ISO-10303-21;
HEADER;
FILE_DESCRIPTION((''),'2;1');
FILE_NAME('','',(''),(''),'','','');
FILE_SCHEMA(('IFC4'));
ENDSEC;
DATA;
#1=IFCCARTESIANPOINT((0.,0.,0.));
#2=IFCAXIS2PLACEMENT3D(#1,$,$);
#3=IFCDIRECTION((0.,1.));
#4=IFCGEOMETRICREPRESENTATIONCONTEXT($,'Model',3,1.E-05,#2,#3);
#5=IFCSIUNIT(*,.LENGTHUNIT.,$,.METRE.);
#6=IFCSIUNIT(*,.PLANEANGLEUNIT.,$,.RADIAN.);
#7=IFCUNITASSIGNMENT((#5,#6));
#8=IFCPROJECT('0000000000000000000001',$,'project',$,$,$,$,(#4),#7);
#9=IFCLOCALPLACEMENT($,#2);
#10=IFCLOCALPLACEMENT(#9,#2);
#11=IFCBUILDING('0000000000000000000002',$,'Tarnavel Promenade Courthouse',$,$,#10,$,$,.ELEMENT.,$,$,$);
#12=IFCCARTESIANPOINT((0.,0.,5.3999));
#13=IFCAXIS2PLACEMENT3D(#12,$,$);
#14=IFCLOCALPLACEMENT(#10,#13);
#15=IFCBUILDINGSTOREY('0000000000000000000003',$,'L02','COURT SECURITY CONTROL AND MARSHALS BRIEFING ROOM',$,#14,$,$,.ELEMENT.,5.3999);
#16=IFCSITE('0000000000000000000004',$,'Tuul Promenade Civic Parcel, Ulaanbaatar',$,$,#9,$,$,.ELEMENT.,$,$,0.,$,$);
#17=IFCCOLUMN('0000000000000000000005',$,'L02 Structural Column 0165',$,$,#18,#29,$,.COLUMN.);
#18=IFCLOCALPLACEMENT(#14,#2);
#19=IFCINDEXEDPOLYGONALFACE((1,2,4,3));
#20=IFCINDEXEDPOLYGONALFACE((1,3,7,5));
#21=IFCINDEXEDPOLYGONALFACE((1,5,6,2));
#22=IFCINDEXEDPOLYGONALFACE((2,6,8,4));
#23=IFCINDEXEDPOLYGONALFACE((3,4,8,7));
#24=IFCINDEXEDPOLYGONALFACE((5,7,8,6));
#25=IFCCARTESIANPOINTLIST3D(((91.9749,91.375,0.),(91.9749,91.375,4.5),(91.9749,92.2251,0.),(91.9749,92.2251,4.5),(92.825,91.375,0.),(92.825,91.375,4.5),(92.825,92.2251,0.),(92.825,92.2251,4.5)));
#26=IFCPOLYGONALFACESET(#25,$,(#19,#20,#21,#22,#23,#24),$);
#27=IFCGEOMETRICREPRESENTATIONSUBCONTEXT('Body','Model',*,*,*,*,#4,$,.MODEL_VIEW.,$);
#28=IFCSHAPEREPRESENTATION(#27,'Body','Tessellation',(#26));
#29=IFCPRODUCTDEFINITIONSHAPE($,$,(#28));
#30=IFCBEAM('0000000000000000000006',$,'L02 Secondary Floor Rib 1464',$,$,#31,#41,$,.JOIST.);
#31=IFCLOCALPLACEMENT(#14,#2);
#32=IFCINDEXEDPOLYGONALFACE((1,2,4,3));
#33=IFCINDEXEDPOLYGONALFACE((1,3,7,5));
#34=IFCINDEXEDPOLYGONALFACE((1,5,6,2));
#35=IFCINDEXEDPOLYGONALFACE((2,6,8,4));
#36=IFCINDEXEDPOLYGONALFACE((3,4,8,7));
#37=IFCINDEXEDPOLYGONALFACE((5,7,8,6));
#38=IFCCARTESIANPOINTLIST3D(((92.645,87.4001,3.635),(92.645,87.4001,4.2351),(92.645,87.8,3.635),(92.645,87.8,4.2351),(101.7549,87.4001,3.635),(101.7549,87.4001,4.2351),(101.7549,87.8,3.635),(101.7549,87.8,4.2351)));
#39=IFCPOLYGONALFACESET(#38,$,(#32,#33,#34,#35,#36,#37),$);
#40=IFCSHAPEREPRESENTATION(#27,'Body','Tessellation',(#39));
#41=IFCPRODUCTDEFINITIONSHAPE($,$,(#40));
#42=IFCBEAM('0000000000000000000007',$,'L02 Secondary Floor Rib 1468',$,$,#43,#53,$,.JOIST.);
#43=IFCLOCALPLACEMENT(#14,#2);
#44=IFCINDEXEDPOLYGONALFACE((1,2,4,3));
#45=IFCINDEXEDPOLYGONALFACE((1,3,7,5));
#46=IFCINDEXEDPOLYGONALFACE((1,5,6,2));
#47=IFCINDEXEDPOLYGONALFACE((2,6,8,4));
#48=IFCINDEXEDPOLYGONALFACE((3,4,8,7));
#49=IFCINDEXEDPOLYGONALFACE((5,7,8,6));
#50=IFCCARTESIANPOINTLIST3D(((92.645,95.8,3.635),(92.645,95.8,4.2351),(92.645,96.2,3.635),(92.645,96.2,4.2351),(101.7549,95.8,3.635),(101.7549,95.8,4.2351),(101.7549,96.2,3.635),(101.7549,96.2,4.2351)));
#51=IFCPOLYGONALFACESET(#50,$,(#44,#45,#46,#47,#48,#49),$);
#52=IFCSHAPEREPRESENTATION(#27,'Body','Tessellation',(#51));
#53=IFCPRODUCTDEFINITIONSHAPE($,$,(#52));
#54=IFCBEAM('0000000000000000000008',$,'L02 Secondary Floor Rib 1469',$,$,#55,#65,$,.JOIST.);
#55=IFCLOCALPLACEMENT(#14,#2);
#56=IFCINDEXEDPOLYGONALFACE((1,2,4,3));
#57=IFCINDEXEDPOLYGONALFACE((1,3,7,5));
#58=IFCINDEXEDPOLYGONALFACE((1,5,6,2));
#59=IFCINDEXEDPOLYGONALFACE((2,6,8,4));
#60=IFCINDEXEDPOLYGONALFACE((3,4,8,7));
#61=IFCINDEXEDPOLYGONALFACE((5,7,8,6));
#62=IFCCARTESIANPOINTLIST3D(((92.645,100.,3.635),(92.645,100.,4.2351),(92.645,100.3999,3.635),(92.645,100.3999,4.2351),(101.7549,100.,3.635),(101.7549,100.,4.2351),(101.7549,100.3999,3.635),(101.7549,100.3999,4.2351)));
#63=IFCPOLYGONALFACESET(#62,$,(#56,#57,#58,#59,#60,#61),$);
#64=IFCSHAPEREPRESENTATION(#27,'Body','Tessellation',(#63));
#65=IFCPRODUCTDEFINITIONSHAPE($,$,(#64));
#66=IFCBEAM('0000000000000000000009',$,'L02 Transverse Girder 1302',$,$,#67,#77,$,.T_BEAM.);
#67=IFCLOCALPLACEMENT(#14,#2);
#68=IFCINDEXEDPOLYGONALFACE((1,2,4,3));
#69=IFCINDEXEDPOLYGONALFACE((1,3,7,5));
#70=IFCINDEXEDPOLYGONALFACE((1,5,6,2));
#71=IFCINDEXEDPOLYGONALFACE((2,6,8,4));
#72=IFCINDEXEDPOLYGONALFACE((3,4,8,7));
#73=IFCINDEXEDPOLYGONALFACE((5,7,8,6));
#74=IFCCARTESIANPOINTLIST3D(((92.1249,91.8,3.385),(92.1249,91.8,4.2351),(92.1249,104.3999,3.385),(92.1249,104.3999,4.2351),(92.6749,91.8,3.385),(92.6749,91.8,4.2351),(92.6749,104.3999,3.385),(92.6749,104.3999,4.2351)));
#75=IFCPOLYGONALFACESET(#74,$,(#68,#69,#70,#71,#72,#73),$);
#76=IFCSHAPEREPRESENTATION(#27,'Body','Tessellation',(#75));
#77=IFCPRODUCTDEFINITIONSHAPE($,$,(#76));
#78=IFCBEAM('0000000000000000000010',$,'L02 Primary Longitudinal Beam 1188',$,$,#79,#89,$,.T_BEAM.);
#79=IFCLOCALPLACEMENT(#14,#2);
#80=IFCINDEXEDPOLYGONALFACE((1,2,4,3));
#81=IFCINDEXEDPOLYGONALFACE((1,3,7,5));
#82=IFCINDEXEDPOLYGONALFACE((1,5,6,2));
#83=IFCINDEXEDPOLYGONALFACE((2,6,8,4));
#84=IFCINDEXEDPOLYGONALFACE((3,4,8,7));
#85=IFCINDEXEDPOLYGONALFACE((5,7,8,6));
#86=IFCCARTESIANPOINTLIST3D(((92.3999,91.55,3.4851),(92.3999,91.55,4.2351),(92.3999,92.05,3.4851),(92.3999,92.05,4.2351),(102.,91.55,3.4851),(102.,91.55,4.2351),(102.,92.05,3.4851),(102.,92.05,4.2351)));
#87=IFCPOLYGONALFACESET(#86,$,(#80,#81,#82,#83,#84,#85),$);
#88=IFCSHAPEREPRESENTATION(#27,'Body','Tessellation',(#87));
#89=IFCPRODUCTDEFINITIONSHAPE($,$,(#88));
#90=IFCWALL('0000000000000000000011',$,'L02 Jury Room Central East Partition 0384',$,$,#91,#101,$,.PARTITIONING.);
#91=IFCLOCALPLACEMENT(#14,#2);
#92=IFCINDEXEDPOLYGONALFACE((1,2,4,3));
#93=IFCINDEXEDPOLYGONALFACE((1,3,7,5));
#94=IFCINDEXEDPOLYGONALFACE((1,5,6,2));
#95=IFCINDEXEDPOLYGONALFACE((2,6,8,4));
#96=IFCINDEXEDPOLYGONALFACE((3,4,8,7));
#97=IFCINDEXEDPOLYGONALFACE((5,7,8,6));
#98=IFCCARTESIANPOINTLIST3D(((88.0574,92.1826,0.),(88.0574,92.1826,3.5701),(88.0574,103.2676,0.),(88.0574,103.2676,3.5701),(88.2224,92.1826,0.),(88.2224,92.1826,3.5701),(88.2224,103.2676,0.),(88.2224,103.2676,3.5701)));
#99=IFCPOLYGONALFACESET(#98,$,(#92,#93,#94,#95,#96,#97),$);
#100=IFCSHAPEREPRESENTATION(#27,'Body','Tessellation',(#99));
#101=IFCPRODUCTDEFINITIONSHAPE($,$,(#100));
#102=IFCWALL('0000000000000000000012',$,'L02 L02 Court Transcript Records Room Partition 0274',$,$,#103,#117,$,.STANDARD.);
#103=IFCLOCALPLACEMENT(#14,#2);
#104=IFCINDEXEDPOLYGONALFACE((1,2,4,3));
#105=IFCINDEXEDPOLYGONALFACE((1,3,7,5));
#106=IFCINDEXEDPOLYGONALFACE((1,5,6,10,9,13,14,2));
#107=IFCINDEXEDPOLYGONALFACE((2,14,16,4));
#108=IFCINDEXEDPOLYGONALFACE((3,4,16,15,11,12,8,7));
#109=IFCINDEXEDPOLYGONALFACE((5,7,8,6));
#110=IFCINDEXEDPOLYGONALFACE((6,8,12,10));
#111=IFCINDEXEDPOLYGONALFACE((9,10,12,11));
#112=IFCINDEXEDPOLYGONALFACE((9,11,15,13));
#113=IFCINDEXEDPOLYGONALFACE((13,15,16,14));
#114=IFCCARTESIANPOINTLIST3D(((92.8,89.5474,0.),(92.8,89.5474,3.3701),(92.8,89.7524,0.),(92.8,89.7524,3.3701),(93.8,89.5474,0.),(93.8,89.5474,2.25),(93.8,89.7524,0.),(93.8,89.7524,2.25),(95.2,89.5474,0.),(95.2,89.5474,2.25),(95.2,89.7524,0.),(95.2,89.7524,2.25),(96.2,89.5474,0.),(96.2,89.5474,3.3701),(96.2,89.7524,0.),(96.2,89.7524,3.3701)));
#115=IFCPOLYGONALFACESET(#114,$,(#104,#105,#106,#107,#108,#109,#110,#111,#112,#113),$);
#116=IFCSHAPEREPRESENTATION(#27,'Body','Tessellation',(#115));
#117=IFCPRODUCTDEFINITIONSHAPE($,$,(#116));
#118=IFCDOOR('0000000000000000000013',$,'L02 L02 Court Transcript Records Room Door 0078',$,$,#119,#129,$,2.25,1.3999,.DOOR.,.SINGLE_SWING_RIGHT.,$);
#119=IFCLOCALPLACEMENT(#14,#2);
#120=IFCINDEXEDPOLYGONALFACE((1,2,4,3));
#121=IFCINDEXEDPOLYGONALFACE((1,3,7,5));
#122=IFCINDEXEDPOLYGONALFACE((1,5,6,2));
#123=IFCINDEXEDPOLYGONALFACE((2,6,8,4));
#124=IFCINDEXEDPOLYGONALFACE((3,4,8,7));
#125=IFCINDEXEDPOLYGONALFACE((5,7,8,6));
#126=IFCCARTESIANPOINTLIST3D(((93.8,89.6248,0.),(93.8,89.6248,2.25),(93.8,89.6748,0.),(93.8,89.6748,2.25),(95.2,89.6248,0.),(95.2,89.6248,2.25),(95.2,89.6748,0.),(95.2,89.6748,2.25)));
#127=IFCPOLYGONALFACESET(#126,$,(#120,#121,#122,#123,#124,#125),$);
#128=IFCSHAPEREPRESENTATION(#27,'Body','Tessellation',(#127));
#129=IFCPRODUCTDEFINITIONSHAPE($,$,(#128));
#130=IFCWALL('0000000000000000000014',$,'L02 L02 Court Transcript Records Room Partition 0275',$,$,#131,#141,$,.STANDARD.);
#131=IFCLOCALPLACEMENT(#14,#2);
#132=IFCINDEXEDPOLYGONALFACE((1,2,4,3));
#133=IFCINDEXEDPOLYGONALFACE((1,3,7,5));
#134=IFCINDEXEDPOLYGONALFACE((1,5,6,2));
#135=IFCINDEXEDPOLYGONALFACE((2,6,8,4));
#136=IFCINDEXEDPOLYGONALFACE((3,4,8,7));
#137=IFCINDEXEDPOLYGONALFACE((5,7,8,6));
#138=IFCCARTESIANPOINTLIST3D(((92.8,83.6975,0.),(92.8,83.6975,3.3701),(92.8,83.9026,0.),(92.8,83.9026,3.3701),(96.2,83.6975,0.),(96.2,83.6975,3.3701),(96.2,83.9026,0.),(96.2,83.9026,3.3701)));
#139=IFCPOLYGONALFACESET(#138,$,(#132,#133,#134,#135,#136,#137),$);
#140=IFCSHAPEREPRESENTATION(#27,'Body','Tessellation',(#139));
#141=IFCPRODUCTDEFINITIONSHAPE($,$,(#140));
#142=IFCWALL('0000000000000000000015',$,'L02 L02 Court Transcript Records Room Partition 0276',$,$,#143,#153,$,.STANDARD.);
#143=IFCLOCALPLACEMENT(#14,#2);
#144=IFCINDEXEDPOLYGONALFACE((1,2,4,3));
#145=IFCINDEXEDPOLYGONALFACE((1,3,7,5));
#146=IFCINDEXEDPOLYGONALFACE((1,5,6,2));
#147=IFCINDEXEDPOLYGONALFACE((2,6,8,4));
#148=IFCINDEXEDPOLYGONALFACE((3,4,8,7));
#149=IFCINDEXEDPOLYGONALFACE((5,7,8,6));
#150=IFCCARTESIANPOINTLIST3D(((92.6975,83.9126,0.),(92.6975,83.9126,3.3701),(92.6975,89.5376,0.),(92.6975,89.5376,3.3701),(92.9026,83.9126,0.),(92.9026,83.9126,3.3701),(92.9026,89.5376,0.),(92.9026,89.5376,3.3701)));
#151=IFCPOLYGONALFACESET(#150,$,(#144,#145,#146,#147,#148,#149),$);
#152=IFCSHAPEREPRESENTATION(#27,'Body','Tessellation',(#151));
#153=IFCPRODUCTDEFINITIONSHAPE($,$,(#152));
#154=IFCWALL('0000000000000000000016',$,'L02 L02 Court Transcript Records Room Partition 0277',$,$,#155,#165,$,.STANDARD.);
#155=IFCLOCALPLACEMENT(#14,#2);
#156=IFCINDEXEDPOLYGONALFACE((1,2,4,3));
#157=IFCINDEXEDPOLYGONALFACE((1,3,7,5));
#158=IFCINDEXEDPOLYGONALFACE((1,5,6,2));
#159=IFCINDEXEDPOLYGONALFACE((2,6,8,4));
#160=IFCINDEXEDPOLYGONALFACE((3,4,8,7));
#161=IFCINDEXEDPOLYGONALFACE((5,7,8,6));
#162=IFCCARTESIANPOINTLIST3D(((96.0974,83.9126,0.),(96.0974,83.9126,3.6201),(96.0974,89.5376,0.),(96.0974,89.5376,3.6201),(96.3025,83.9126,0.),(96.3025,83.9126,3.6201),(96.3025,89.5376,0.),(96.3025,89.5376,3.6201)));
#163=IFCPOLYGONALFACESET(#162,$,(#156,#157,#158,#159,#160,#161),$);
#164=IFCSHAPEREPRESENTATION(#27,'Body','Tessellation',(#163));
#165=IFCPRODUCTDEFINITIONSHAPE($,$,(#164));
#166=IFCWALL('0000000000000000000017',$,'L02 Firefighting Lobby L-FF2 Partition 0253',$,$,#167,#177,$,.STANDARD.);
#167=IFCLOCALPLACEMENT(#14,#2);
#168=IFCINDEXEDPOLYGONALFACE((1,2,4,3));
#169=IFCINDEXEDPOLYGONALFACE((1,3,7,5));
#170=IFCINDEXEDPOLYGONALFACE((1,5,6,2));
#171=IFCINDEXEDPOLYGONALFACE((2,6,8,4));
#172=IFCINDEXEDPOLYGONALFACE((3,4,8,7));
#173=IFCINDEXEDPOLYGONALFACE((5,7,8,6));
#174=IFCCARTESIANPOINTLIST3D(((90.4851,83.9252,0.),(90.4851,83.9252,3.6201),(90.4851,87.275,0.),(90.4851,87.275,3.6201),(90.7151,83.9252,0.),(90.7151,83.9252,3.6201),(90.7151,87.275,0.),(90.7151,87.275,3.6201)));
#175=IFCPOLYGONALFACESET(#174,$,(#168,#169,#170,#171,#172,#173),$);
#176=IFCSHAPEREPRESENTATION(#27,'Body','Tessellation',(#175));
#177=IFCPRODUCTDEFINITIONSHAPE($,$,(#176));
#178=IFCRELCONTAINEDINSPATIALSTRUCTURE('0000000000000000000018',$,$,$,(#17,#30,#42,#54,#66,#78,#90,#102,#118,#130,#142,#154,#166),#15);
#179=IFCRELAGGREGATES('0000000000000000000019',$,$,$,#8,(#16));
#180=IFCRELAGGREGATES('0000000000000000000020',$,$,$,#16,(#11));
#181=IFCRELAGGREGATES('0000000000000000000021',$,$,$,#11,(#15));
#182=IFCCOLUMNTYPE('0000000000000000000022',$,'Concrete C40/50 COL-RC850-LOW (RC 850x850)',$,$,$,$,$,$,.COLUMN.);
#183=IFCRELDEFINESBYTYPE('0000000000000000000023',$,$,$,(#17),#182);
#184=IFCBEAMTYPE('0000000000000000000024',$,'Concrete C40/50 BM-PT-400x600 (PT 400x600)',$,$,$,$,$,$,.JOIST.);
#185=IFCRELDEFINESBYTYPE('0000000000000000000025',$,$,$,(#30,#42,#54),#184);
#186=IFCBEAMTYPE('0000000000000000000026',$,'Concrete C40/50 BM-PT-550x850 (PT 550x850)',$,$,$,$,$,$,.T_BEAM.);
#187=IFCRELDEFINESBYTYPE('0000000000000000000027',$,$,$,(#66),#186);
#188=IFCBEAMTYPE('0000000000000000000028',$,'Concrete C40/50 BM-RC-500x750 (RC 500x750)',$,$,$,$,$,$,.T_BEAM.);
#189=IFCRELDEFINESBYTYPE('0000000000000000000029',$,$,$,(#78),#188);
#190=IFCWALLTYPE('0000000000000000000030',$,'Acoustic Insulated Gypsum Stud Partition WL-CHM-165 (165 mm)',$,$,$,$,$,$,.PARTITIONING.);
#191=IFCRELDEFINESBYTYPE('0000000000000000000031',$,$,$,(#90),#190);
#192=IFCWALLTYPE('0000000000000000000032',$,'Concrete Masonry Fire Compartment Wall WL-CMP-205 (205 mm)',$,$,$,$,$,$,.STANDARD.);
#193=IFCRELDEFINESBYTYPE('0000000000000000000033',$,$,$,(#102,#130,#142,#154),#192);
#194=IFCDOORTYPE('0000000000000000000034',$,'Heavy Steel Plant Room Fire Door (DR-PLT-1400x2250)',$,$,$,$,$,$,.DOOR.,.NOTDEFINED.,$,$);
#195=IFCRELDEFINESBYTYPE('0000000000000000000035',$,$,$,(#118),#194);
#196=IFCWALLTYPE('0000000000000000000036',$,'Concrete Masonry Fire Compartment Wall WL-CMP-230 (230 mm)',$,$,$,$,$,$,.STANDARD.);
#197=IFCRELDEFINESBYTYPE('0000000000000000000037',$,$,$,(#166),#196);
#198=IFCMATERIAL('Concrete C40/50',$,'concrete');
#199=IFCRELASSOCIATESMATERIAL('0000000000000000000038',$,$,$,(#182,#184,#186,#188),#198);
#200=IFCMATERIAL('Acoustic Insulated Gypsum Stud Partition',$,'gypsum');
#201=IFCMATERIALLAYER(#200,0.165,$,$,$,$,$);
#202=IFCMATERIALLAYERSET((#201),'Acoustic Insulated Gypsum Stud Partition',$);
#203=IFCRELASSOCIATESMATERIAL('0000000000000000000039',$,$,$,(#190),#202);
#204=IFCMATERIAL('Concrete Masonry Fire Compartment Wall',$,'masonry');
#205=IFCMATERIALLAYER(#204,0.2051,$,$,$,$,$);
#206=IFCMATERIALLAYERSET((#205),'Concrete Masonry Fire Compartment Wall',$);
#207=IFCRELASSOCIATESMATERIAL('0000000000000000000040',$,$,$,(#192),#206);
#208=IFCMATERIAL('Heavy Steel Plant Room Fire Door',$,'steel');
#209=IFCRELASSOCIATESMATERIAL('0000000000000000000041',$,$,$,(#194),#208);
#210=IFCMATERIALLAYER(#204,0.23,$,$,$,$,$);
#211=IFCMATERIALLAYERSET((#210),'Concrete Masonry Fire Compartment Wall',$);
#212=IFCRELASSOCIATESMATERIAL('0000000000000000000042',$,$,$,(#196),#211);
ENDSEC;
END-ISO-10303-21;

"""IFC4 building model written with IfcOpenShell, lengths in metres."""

from ifc_helpers import new_model, si_unit, direction, frame, frame_2d, origin, origin_2d, place, context, subcontext, project, spatial, rectangle, extrude, material, layer, layer_set, material_profile, profile_set, type_object, element, fill, save


model = new_model("IFC4")

# Units and contexts
model_context = context("Model", 3, precision=1e-05, world=origin(), true_north=direction((0.0, 1.0)))
body_context = subcontext(model_context, "Body", "Model", "MODEL_VIEW")
ifc_project = project(units=[si_unit("LENGTHUNIT", "METRE"), si_unit("PLANEANGLEUNIT", "RADIAN")], contexts=[model_context])

# Site, building, storey
site_placement = place(None, origin())
site = spatial("IfcSite", under=ifc_project, at=site_placement, Name="Tuul Promenade Civic Parcel, Ulaanbaatar", CompositionType="ELEMENT", RefElevation=0.0)
building_placement = place(site_placement, origin())
building = spatial("IfcBuilding", under=site, at=building_placement, Name="Tarnavel Promenade Courthouse", CompositionType="ELEMENT")
storey_placement = place(building_placement, frame((0.0, 0.0, 5.3999)))
storey = spatial("IfcBuildingStorey", under=building, at=storey_placement, Name="L02", Description="COURT SECURITY CONTROL AND MARSHALS BRIEFING ROOM", CompositionType="ELEMENT", Elevation=5.3999)

# Column
ifc_material_1 = material(Name="Concrete C40/50", Category="concrete")
ifc_material_profile_1 = material_profile(ifc_material_1, rectangle(XDim=0.8501, YDim=0.8501, at=origin_2d()), Name="RC 850x850")
ifc_profile_set_1 = profile_set([ifc_material_profile_1], Name="Concrete C40/50")
column_type = type_object("IfcColumnType", Name="Concrete C40/50 COL-RC850-LOW (RC 850x850)", PredefinedType="COLUMN", material=ifc_profile_set_1)
column_placement = place(storey_placement, frame((92.3999, 91.8, 0.0), z_axis=(0.0, 0.0, 1.0), x_axis=(1.0, 0.0, 0.0)))
element("IfcColumn", 1, at=column_placement, inside=storey, type_object=column_type, Name="L02 Structural Column 0165", PredefinedType="COLUMN", context=body_context, shape_type="SweptSolid", body=[
    extrude(rectangle(XDim=0.8501, YDim=0.8501, at=origin_2d()), origin(), (0.0, 0.0, 1.0), 4.5),
])

# Beams
ifc_material_profile_2 = material_profile(ifc_material_1, rectangle(XDim=0.3999, YDim=0.6001, at=origin_2d()), Name="PT 400x600")
ifc_profile_set_2 = profile_set([ifc_material_profile_2], Name="Concrete C40/50")
beam_type_1 = type_object("IfcBeamType", Name="Concrete C40/50 BM-PT-400x600 (PT 400x600)", PredefinedType="JOIST", material=ifc_profile_set_2)
for number, where, z_axis, x_axis, name in (
    (2, (92.645, 87.6001, 3.9351), (1.0, 0.0, 0.0), (0.0, 1.0, 0.0), "L02 Secondary Floor Rib 1464"),
    (3, (92.645, 96.0, 3.9351), (1.0, 0.0, 0.0), (0.0, 1.0, 0.0), "L02 Secondary Floor Rib 1468"),
    (4, (92.645, 100.2, 3.9351), (1.0, 0.0, 0.0), (0.0, 1.0, 0.0), "L02 Secondary Floor Rib 1469"),
):
    element("IfcBeam", number, at=place(storey_placement, frame(where, z_axis=z_axis, x_axis=x_axis)), inside=storey, type_object=beam_type_1, Name=name, PredefinedType="JOIST", context=body_context, shape_type="SweptSolid", body=[
        extrude(rectangle(XDim=0.3999, YDim=0.6001, at=origin_2d()), origin(), (0.0, 0.0, 1.0), 9.1099),
    ])
ifc_material_profile_3 = material_profile(ifc_material_1, rectangle(XDim=0.55, YDim=0.8501, at=origin_2d()), Name="PT 550x850")
ifc_profile_set_3 = profile_set([ifc_material_profile_3], Name="Concrete C40/50")
beam_type_2 = type_object("IfcBeamType", Name="Concrete C40/50 BM-PT-550x850 (PT 550x850)", PredefinedType="T_BEAM", material=ifc_profile_set_3)
beam_1_placement = place(storey_placement, frame((92.3999, 91.8, 3.8101), z_axis=(0.0, 1.0, 0.0), x_axis=(-1.0, 0.0, 0.0)))
element("IfcBeam", 5, at=beam_1_placement, inside=storey, type_object=beam_type_2, Name="L02 Transverse Girder 1302", PredefinedType="T_BEAM", context=body_context, shape_type="SweptSolid", body=[
    extrude(rectangle(XDim=0.55, YDim=0.8501, at=origin_2d()), origin(), (0.0, 0.0, 1.0), 12.5999),
])
ifc_material_profile_4 = material_profile(ifc_material_1, rectangle(XDim=0.5, YDim=0.75, at=origin_2d()), Name="RC 500x750")
ifc_profile_set_4 = profile_set([ifc_material_profile_4], Name="Concrete C40/50")
beam_type_3 = type_object("IfcBeamType", Name="Concrete C40/50 BM-RC-500x750 (RC 500x750)", PredefinedType="T_BEAM", material=ifc_profile_set_4)
beam_2_placement = place(storey_placement, frame((92.3999, 91.8, 3.8601), z_axis=(1.0, 0.0, 0.0), x_axis=(0.0, 1.0, 0.0)))
element("IfcBeam", 6, at=beam_2_placement, inside=storey, type_object=beam_type_3, Name="L02 Primary Longitudinal Beam 1188", PredefinedType="T_BEAM", context=body_context, shape_type="SweptSolid", body=[
    extrude(rectangle(XDim=0.5, YDim=0.75, at=origin_2d()), origin(), (0.0, 0.0, 1.0), 9.6001),
])

# Wall
ifc_material_2 = material(Name="Acoustic Insulated Gypsum Stud Partition", Category="gypsum")
ifc_layer_1 = layer(ifc_material_2, 0.165)
ifc_layer_set_1 = layer_set([ifc_layer_1], Name="Acoustic Insulated Gypsum Stud Partition")
wall_type_1 = type_object("IfcWallType", Name="Acoustic Insulated Gypsum Stud Partition WL-CHM-165 (165 mm)", PredefinedType="PARTITIONING", material=ifc_layer_set_1)
wall_1_placement = place(storey_placement, frame((88.1399, 92.1826, 0.0), z_axis=(0.0, 0.0, 1.0), x_axis=(0.0, 1.0, 0.0)))
element("IfcWall", 7, at=wall_1_placement, inside=storey, type_object=wall_type_1, Name="L02 Jury Room Central East Partition 0384", PredefinedType="PARTITIONING", context=body_context, shape_type="SweptSolid", body=[
    extrude(rectangle(XDim=11.085, YDim=0.165, at=frame_2d((5.5425, 0.0))), origin(), (0.0, 0.0, 1.0), 3.5701),
])

# Wall, opening, door
ifc_material_3 = material(Name="Concrete Masonry Fire Compartment Wall", Category="masonry")
ifc_layer_2 = layer(ifc_material_3, 0.2051)
ifc_layer_set_2 = layer_set([ifc_layer_2], Name="Concrete Masonry Fire Compartment Wall")
wall_type_2 = type_object("IfcWallType", Name="Concrete Masonry Fire Compartment Wall WL-CMP-205 (205 mm)", PredefinedType="STANDARD", material=ifc_layer_set_2)
wall_2_placement = place(storey_placement, frame((92.8, 89.6499, 0.0), z_axis=(0.0, 0.0, 1.0), x_axis=(1.0, 0.0, 0.0)))
wall_2 = element("IfcWall", 8, at=wall_2_placement, inside=storey, type_object=wall_type_2, Name="L02 L02 Court Transcript Records Room Partition 0274", PredefinedType="STANDARD", context=body_context, shape_type="SweptSolid", body=[
    extrude(rectangle(XDim=3.3999, YDim=0.2051, at=frame_2d((1.7, 0.0))), origin(), (0.0, 0.0, 1.0), 3.3701),
])
opening_1_placement = place(wall_2_placement, frame((1.0, 0.0, 0.0)))
opening_1 = element("IfcOpeningElement", 9, at=opening_1_placement, cuts=wall_2, PredefinedType="OPENING", context=body_context, shape_type="SweptSolid", body=[
    extrude(rectangle(XDim=1.3999, YDim=2.25, at=frame_2d((0.7, 1.125))), frame((0.0, 0.1125, 0.0), z_axis=(0.0, -1.0, 0.0), x_axis=(1.0, 0.0, 0.0)), (0.0, 0.0, 1.0), 0.2251),
])
ifc_material_4 = material(Name="Heavy Steel Plant Room Fire Door", Category="steel")
door_type_1 = type_object("IfcDoorType", Name="Heavy Steel Plant Room Fire Door (DR-PLT-1400x2250)", OperationType="NOTDEFINED", PredefinedType="DOOR", material=ifc_material_4)
door_1_placement = place(opening_1_placement, origin())
door_1 = element("IfcDoor", 10, at=door_1_placement, inside=storey, type_object=door_type_1, Name="L02 L02 Court Transcript Records Room Door 0078", OperationType="SINGLE_SWING_RIGHT", OverallHeight=2.25, OverallWidth=1.3999, PredefinedType="DOOR", context=body_context, shape_type="SweptSolid", body=[
    extrude(rectangle(XDim=1.3999, YDim=2.25, at=frame_2d((0.7, 1.125))), frame((0.0, 0.0249, 0.0), z_axis=(0.0, -1.0, 0.0), x_axis=(1.0, 0.0, 0.0)), (0.0, 0.0, 1.0), 0.05),
])
fill(opening_1, door_1)

# Walls
wall_3_placement = place(storey_placement, frame((96.2, 83.8, 0.0), z_axis=(0.0, 0.0, 1.0), x_axis=(-1.0, 0.0, 0.0)))
element("IfcWall", 11, at=wall_3_placement, inside=storey, type_object=wall_type_2, Name="L02 L02 Court Transcript Records Room Partition 0275", PredefinedType="STANDARD", context=body_context, shape_type="SweptSolid", body=[
    extrude(rectangle(XDim=3.3999, YDim=0.2051, at=frame_2d((1.7, 0.0))), origin(), (0.0, 0.0, 1.0), 3.3701),
])
wall_4_placement = place(storey_placement, frame((92.8, 83.9126, 0.0), z_axis=(0.0, 0.0, 1.0), x_axis=(0.0, 1.0, 0.0)))
element("IfcWall", 12, at=wall_4_placement, inside=storey, type_object=wall_type_2, Name="L02 L02 Court Transcript Records Room Partition 0276", PredefinedType="STANDARD", context=body_context, shape_type="SweptSolid", body=[
    extrude(rectangle(XDim=5.625, YDim=0.2051, at=frame_2d((2.8125, 0.0))), origin(), (0.0, 0.0, 1.0), 3.3701),
])
wall_5_placement = place(storey_placement, frame((96.2, 89.5376, 0.0), z_axis=(0.0, 0.0, 1.0), x_axis=(0.0, -1.0, 0.0)))
element("IfcWall", 13, at=wall_5_placement, inside=storey, type_object=wall_type_2, Name="L02 L02 Court Transcript Records Room Partition 0277", PredefinedType="STANDARD", context=body_context, shape_type="SweptSolid", body=[
    extrude(rectangle(XDim=5.625, YDim=0.2051, at=frame_2d((2.8125, 0.0))), origin(), (0.0, 0.0, 1.0), 3.6201),
])
ifc_layer_3 = layer(ifc_material_3, 0.23)
ifc_layer_set_3 = layer_set([ifc_layer_3], Name="Concrete Masonry Fire Compartment Wall")
wall_type_3 = type_object("IfcWallType", Name="Concrete Masonry Fire Compartment Wall WL-CMP-230 (230 mm)", PredefinedType="STANDARD", material=ifc_layer_set_3)
wall_6_placement = place(storey_placement, frame((90.6001, 87.2749, 0.0), z_axis=(0.0, 0.0, 1.0), x_axis=(0.0, -1.0, 0.0)))
element("IfcWall", 14, at=wall_6_placement, inside=storey, type_object=wall_type_3, Name="L02 Firefighting Lobby L-FF2 Partition 0253", PredefinedType="STANDARD", context=body_context, shape_type="SweptSolid", body=[
    extrude(rectangle(XDim=3.3499, YDim=0.23, at=frame_2d((1.6748, 0.0))), origin(), (0.0, 0.0, 1.0), 3.6201),
])

save(model, "model.ifc")
